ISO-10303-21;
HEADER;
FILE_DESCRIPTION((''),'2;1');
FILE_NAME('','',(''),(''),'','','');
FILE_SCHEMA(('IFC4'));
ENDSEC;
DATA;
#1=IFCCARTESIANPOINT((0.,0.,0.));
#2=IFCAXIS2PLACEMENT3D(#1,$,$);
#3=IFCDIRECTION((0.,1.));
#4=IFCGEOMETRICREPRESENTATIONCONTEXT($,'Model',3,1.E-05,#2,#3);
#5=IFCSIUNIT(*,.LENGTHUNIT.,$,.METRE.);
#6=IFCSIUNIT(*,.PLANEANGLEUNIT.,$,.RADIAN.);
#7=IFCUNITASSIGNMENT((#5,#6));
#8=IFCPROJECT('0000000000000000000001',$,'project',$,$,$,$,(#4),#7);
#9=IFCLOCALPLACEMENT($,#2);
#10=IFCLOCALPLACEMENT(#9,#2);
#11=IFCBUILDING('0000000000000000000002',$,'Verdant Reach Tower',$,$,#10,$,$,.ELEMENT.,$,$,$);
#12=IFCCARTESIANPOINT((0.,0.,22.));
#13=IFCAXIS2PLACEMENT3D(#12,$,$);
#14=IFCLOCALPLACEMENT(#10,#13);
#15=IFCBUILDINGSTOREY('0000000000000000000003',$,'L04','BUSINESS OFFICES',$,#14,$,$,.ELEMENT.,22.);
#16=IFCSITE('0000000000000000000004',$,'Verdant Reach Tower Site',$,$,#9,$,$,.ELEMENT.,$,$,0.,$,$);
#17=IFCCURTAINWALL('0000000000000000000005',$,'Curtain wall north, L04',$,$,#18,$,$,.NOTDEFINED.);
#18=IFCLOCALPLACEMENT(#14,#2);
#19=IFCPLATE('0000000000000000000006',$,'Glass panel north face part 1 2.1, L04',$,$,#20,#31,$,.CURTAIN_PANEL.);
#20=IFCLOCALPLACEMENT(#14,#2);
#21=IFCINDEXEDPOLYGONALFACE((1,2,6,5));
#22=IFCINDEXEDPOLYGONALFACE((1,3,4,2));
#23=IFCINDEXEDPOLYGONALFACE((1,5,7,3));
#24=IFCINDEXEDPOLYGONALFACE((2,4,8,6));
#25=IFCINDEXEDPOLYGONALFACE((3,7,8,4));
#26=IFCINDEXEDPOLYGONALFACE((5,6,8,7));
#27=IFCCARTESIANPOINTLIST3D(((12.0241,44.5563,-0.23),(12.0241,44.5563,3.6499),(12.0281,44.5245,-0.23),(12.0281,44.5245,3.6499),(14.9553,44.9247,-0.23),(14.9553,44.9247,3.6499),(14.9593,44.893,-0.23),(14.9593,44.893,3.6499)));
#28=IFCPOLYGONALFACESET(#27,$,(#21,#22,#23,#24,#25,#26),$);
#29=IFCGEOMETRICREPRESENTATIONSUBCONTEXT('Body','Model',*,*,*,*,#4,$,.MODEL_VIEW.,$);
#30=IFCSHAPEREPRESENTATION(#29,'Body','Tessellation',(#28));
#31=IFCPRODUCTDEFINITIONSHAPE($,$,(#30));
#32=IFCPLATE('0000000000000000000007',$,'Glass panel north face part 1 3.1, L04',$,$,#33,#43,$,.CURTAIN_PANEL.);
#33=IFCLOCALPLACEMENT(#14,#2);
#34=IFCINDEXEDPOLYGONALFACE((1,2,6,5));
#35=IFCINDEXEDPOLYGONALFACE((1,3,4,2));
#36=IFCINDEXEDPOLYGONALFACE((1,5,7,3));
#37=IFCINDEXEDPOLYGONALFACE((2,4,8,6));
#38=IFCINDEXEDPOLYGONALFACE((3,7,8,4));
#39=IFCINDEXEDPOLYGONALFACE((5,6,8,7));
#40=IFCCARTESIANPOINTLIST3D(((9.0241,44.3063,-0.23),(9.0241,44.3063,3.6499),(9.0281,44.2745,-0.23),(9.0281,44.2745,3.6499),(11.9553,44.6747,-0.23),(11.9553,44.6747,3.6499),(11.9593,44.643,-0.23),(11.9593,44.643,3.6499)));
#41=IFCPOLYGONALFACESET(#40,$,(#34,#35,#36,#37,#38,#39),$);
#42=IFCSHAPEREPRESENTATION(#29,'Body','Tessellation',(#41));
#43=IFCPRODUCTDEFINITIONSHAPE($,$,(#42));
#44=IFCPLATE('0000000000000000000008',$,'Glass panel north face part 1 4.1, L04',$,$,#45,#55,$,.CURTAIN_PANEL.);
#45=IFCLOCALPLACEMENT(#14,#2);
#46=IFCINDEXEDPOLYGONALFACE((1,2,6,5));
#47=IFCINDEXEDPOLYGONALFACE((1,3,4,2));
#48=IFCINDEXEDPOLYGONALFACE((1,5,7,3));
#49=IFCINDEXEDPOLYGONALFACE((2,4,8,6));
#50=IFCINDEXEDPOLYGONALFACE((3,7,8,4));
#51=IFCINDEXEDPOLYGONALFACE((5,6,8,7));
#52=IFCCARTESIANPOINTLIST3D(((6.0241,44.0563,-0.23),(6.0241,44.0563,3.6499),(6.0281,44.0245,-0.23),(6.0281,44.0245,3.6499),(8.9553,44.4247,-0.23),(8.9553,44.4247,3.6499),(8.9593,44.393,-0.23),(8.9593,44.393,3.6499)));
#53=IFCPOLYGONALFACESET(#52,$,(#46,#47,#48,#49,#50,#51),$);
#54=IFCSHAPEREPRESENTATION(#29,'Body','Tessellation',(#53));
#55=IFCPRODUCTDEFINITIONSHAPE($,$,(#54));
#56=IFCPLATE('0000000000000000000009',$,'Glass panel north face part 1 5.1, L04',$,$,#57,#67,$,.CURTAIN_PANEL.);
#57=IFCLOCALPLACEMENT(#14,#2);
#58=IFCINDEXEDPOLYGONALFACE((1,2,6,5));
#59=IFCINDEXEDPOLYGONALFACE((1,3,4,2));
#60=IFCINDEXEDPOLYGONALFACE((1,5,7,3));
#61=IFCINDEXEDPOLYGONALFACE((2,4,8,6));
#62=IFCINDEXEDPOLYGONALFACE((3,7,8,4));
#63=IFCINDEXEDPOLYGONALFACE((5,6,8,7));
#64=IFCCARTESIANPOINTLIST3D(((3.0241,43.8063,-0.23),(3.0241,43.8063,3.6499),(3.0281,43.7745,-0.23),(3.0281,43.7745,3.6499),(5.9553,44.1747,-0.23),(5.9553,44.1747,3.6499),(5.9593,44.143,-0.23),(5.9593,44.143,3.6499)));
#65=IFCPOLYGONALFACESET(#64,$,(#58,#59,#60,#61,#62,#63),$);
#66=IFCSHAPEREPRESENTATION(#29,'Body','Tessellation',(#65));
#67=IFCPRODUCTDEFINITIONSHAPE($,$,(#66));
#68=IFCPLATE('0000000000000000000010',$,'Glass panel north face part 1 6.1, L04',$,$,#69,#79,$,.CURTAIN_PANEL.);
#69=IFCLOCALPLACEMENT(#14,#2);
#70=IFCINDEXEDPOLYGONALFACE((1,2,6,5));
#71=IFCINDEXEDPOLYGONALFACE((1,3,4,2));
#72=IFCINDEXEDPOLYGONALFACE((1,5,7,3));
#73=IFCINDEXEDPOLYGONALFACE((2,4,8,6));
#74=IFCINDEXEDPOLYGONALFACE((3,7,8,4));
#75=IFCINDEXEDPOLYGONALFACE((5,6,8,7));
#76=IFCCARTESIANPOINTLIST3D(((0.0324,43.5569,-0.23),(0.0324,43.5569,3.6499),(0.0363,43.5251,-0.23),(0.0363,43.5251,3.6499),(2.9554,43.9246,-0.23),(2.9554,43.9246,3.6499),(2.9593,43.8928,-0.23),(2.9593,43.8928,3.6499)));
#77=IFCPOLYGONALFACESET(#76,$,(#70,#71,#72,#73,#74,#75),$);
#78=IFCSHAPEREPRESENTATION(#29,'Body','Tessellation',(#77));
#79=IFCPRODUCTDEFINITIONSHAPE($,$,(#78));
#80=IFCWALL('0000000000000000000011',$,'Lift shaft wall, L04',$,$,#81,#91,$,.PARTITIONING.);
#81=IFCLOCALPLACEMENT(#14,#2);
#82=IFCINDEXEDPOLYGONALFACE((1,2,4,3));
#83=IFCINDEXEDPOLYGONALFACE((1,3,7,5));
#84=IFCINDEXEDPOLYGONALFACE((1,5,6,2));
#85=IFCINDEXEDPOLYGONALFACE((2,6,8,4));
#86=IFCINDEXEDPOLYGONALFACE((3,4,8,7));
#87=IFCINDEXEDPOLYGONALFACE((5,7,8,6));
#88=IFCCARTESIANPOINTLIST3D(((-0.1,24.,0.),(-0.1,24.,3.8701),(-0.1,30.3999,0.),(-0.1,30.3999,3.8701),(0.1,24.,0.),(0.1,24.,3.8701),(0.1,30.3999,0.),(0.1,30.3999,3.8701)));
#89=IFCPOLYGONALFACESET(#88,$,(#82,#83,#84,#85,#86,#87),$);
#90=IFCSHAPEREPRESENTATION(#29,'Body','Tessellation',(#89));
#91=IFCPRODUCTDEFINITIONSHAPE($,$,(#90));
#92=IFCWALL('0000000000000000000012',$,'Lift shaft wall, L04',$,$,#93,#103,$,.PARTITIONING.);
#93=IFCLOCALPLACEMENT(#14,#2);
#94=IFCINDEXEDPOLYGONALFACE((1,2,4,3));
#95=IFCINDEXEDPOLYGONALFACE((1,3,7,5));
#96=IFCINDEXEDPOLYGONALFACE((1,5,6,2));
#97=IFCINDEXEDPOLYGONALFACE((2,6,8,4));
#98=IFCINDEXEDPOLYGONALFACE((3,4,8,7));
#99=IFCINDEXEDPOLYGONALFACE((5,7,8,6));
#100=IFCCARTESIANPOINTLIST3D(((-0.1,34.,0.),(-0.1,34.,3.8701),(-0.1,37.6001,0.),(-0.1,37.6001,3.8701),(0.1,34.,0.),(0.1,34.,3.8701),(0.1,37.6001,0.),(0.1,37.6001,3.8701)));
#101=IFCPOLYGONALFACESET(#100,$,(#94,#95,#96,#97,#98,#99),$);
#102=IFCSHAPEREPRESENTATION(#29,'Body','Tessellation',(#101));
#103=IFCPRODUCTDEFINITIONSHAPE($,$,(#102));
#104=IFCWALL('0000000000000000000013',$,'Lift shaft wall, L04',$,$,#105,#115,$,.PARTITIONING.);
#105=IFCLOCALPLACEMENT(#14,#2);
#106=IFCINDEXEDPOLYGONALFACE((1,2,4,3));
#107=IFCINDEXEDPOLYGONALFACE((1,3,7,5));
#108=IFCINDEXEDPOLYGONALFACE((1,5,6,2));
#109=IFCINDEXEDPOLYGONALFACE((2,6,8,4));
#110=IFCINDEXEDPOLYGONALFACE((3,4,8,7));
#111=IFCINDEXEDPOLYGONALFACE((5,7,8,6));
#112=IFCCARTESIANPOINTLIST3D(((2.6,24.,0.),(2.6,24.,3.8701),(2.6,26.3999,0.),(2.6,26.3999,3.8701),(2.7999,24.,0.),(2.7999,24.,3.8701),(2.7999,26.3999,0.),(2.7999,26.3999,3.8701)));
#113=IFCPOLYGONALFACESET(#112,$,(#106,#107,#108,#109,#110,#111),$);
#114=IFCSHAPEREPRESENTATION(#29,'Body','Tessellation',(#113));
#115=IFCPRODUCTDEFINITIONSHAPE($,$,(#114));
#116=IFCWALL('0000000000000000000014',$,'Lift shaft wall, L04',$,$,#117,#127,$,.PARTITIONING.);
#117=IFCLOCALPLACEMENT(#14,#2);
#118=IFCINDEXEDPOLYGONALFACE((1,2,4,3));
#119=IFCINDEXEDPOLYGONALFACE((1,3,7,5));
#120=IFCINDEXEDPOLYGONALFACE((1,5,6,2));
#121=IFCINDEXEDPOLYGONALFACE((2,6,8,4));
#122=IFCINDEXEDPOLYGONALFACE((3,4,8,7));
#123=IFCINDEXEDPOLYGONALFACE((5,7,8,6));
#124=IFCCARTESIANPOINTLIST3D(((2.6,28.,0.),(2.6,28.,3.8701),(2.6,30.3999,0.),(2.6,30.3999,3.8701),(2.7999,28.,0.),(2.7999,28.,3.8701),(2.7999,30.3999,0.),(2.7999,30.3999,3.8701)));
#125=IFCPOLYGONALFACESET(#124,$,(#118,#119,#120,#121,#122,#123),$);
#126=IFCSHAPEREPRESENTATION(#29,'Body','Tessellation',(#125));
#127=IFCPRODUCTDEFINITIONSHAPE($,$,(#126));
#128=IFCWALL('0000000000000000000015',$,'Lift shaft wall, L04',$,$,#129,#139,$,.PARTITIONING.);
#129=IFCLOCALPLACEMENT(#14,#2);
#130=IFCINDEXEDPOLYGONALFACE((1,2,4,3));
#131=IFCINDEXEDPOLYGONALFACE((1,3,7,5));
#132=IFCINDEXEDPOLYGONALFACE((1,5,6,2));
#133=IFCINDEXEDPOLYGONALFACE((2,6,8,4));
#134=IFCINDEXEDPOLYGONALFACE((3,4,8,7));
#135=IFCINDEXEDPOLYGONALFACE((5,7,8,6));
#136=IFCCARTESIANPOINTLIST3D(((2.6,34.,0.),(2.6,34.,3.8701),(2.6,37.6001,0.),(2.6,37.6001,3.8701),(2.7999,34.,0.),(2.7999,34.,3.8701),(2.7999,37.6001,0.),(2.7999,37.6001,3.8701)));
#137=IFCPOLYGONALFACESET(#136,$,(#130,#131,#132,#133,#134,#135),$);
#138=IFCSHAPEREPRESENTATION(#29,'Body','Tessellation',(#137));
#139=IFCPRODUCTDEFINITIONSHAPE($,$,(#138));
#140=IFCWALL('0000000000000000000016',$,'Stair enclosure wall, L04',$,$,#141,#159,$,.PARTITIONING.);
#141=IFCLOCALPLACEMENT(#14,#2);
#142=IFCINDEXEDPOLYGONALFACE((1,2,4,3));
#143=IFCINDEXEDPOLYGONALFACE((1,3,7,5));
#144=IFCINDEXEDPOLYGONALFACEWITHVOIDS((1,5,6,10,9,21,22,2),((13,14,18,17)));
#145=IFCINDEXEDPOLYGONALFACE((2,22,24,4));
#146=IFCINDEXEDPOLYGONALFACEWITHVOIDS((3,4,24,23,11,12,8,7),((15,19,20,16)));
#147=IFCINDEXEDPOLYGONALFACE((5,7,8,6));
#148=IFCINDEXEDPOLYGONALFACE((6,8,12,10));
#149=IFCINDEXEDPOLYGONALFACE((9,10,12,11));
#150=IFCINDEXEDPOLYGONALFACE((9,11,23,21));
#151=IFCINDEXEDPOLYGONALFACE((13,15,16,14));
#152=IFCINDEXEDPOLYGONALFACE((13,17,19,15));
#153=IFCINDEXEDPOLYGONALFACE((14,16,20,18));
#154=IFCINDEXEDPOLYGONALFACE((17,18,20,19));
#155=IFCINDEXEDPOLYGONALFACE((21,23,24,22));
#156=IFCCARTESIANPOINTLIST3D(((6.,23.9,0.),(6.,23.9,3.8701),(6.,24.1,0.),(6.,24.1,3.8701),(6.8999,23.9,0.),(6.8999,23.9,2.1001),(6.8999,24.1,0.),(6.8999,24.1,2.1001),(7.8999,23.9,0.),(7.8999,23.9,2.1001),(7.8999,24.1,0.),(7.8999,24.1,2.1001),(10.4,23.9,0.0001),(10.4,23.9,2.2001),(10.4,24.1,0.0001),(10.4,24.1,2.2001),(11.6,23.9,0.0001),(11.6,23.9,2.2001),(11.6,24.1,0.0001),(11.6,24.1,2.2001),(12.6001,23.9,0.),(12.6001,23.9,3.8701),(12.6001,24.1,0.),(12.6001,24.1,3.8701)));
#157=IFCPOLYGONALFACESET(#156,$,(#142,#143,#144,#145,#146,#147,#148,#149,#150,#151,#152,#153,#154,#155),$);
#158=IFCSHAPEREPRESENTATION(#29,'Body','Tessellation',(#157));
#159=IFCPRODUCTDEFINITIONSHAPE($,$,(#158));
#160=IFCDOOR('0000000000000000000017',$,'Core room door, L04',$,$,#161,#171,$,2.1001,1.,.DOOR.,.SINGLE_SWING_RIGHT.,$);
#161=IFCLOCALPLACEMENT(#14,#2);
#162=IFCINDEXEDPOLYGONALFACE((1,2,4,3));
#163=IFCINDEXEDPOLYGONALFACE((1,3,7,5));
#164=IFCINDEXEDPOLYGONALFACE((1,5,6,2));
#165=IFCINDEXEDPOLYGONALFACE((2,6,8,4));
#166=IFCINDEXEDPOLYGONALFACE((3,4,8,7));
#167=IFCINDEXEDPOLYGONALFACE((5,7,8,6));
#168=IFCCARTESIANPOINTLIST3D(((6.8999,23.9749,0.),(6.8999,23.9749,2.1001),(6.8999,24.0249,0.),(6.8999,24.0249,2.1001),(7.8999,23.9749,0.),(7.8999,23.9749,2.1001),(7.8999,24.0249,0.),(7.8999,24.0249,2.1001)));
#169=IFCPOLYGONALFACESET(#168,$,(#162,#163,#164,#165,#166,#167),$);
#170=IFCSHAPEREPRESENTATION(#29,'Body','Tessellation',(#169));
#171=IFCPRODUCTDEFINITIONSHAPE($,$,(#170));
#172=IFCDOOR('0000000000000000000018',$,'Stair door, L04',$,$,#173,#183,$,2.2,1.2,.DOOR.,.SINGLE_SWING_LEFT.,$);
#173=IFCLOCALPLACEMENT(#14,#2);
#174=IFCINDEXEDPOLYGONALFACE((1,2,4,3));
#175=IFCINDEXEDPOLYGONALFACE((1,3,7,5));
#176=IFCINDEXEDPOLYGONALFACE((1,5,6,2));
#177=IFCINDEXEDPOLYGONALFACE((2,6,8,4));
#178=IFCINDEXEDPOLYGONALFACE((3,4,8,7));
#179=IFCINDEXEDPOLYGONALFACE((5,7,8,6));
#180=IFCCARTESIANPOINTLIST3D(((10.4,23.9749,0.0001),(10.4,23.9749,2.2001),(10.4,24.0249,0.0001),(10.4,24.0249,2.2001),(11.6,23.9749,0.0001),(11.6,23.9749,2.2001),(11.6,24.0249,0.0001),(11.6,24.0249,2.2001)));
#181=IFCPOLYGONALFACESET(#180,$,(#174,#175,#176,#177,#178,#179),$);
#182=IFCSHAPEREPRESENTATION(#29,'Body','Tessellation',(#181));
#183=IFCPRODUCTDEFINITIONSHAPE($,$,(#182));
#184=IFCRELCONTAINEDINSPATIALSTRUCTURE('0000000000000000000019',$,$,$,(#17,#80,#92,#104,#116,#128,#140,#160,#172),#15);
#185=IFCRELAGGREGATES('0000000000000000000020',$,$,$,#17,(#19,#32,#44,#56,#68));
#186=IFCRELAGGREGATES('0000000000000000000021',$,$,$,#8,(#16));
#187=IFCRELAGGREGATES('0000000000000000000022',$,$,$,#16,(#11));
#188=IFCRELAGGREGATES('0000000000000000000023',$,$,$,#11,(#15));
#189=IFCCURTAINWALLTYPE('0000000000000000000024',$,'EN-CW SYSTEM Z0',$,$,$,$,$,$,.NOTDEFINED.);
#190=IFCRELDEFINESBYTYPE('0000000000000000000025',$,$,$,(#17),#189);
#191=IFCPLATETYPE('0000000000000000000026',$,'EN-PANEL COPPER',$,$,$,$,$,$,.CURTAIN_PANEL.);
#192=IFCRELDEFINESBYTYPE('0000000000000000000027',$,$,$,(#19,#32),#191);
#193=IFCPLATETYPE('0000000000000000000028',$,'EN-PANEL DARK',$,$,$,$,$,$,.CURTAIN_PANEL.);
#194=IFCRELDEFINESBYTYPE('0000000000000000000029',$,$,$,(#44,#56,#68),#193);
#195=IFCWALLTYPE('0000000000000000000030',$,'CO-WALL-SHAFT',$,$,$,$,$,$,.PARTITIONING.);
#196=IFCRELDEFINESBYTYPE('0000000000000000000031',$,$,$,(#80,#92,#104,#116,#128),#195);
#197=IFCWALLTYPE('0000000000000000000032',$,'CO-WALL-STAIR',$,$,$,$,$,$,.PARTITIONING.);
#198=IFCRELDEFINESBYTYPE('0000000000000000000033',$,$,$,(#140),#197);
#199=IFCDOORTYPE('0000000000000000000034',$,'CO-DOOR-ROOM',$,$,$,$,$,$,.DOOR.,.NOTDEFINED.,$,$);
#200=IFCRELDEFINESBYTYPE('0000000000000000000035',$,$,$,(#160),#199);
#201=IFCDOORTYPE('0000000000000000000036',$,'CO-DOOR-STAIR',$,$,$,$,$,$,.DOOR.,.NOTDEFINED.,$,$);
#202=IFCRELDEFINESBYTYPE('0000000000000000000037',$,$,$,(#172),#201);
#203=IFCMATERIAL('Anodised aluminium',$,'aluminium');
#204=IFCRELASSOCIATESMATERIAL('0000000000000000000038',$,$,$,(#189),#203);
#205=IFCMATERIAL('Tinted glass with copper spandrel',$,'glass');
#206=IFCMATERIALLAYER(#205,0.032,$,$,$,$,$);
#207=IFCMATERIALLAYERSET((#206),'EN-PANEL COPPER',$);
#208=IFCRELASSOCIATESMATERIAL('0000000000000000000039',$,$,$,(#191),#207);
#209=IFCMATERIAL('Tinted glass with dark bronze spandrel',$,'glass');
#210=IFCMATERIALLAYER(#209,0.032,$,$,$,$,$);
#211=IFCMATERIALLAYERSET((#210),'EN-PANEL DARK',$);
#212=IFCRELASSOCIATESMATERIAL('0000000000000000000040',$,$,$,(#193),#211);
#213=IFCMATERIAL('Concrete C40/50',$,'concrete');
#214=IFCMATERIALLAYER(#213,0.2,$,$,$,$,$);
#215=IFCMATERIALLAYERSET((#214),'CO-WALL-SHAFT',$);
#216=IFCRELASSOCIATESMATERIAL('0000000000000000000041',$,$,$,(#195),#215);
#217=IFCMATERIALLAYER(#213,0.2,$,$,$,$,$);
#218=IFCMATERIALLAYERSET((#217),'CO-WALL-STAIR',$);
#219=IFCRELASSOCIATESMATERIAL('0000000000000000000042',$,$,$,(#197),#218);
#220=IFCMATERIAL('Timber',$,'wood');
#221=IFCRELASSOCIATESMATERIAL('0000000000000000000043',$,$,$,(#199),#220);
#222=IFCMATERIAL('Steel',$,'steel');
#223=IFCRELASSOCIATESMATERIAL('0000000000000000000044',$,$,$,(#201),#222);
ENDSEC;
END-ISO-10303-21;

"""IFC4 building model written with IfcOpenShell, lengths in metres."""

from ifc_helpers import new_model, si_unit, direction, frame, frame_2d, origin, origin_2d, place, context, subcontext, project, spatial, rectangle, extrude, material, layer, layer_set, type_object, element, fill, aggregate, save


model = new_model("IFC4")

# Units and contexts
model_context = context("Model", 3, precision=1e-05, world=origin(), true_north=direction((0.0, 1.0)))
body_context = subcontext(model_context, "Body", "Model", "MODEL_VIEW")
ifc_project = project(units=[si_unit("LENGTHUNIT", "METRE"), si_unit("PLANEANGLEUNIT", "RADIAN")], contexts=[model_context])

# Site, building, storey
site_placement = place(None, origin())
site = spatial("IfcSite", under=ifc_project, at=site_placement, Name="Verdant Reach Tower Site", CompositionType="ELEMENT", RefElevation=0.0)
building_placement = place(site_placement, origin())
building = spatial("IfcBuilding", under=site, at=building_placement, Name="Verdant Reach Tower", CompositionType="ELEMENT")
storey_placement = place(building_placement, frame((0.0, 0.0, 22.0)))
storey = spatial("IfcBuildingStorey", under=building, at=storey_placement, Name="L04", Description="BUSINESS OFFICES", CompositionType="ELEMENT", Elevation=22.0)

# Curtain wall, plates
ifc_material_1 = material(Name="Anodised aluminium", Category="aluminium")
curtain_wall_type = type_object("IfcCurtainWallType", Name="EN-CW SYSTEM Z0", PredefinedType="NOTDEFINED", material=ifc_material_1)
curtain_wall_placement = place(storey_placement, origin())
curtain_wall = element("IfcCurtainWall", 1, at=curtain_wall_placement, inside=storey, type_object=curtain_wall_type, Name="Curtain wall north, L04", PredefinedType="NOTDEFINED")
ifc_material_2 = material(Name="Tinted glass with copper spandrel", Category="glass")
ifc_layer_1 = layer(ifc_material_2, 0.032)
ifc_layer_set_1 = layer_set([ifc_layer_1], Name="EN-PANEL COPPER")
plate_type_1 = type_object("IfcPlateType", Name="EN-PANEL COPPER", PredefinedType="CURTAIN_PANEL", material=ifc_layer_set_1)
plate_1_placement = place(storey_placement, frame((13.4917, 44.7246, -0.23), z_axis=(0.0, 0.0, 1.0), x_axis=(-0.992194, -0.124704, 0.0)))
plate_1 = element("IfcPlate", 2, at=plate_1_placement, type_object=plate_type_1, Name="Glass panel north face part 1 2.1, L04", PredefinedType="CURTAIN_PANEL", context=body_context, shape_type="SweptSolid", body=[
    extrude(rectangle(XDim=2.9543, YDim=0.032, at=origin_2d()), origin(), (0.0, 0.0, 1.0), 3.8799),
])
plate_2_placement = place(storey_placement, frame((10.4917, 44.4746, -0.23), z_axis=(0.0, 0.0, 1.0), x_axis=(-0.992194, -0.124704, 0.0)))
plate_2 = element("IfcPlate", 3, at=plate_2_placement, type_object=plate_type_1, Name="Glass panel north face part 1 3.1, L04", PredefinedType="CURTAIN_PANEL", context=body_context, shape_type="SweptSolid", body=[
    extrude(rectangle(XDim=2.9543, YDim=0.032, at=origin_2d()), origin(), (0.0, 0.0, 1.0), 3.8799),
])
ifc_material_3 = material(Name="Tinted glass with dark bronze spandrel", Category="glass")
ifc_layer_2 = layer(ifc_material_3, 0.032)
ifc_layer_set_2 = layer_set([ifc_layer_2], Name="EN-PANEL DARK")
plate_type_2 = type_object("IfcPlateType", Name="EN-PANEL DARK", PredefinedType="CURTAIN_PANEL", material=ifc_layer_set_2)
plate_3_placement = place(storey_placement, frame((7.4917, 44.2246, -0.23), z_axis=(0.0, 0.0, 1.0), x_axis=(-0.992194, -0.124704, 0.0)))
plate_3 = element("IfcPlate", 4, at=plate_3_placement, type_object=plate_type_2, Name="Glass panel north face part 1 4.1, L04", PredefinedType="CURTAIN_PANEL", context=body_context, shape_type="SweptSolid", body=[
    extrude(rectangle(XDim=2.9543, YDim=0.032, at=origin_2d()), origin(), (0.0, 0.0, 1.0), 3.8799),
])
plate_4_placement = place(storey_placement, frame((4.4917, 43.9746, -0.23), z_axis=(0.0, 0.0, 1.0), x_axis=(-0.992194, -0.124704, 0.0)))
plate_4 = element("IfcPlate", 5, at=plate_4_placement, type_object=plate_type_2, Name="Glass panel north face part 1 5.1, L04", PredefinedType="CURTAIN_PANEL", context=body_context, shape_type="SweptSolid", body=[
    extrude(rectangle(XDim=2.9543, YDim=0.032, at=origin_2d()), origin(), (0.0, 0.0, 1.0), 3.8799),
])
plate_5_placement = place(storey_placement, frame((1.4958, 43.7249, -0.23), z_axis=(0.0, 0.0, 1.0), x_axis=(-0.99218, -0.124818, 0.0)))
plate_5 = element("IfcPlate", 6, at=plate_5_placement, type_object=plate_type_2, Name="Glass panel north face part 1 6.1, L04", PredefinedType="CURTAIN_PANEL", context=body_context, shape_type="SweptSolid", body=[
    extrude(rectangle(XDim=2.946, YDim=0.032, at=origin_2d()), origin(), (0.0, 0.0, 1.0), 3.8799),
])
aggregate(curtain_wall, [plate_1, plate_2, plate_3, plate_4, plate_5])

# Walls
ifc_material_4 = material(Name="Concrete C40/50", Category="concrete")
ifc_layer_3 = layer(ifc_material_4, 0.2)
ifc_layer_set_3 = layer_set([ifc_layer_3], Name="CO-WALL-SHAFT")
wall_type_1 = type_object("IfcWallType", Name="CO-WALL-SHAFT", PredefinedType="PARTITIONING", material=ifc_layer_set_3)
wall_1_placement = place(storey_placement, frame((0.0, 24.0, 0.0), z_axis=(0.0, 0.0, 1.0), x_axis=(0.0, 1.0, 0.0)))
element("IfcWall", 7, at=wall_1_placement, inside=storey, type_object=wall_type_1, Name="Lift shaft wall, L04", PredefinedType="PARTITIONING", context=body_context, shape_type="SweptSolid", body=[
    extrude(rectangle(XDim=6.3999, YDim=0.2, at=frame_2d((3.2, 0.0))), origin(), (0.0, 0.0, 1.0), 3.8701),
])
wall_2_placement = place(storey_placement, frame((0.0, 34.0, 0.0), z_axis=(0.0, 0.0, 1.0), x_axis=(0.0, 1.0, 0.0)))
element("IfcWall", 8, at=wall_2_placement, inside=storey, type_object=wall_type_1, Name="Lift shaft wall, L04", PredefinedType="PARTITIONING", context=body_context, shape_type="SweptSolid", body=[
    extrude(rectangle(XDim=3.6001, YDim=0.2, at=frame_2d((1.8, 0.0))), origin(), (0.0, 0.0, 1.0), 3.8701),
])
for number, where, z_axis, x_axis, name in (
    (9, (2.7, 24.0, 0.0), (0.0, 0.0, 1.0), (0.0, 1.0, 0.0), "Lift shaft wall, L04"),
    (10, (2.7, 28.0, 0.0), (0.0, 0.0, 1.0), (0.0, 1.0, 0.0), "Lift shaft wall, L04"),
):
    element("IfcWall", number, at=place(storey_placement, frame(where, z_axis=z_axis, x_axis=x_axis)), inside=storey, type_object=wall_type_1, Name=name, PredefinedType="PARTITIONING", context=body_context, shape_type="SweptSolid", body=[
        extrude(rectangle(XDim=2.3999, YDim=0.2, at=frame_2d((1.2, 0.0))), origin(), (0.0, 0.0, 1.0), 3.8701),
    ])
wall_3_placement = place(storey_placement, frame((2.7, 34.0, 0.0), z_axis=(0.0, 0.0, 1.0), x_axis=(0.0, 1.0, 0.0)))
element("IfcWall", 11, at=wall_3_placement, inside=storey, type_object=wall_type_1, Name="Lift shaft wall, L04", PredefinedType="PARTITIONING", context=body_context, shape_type="SweptSolid", body=[
    extrude(rectangle(XDim=3.6001, YDim=0.2, at=frame_2d((1.8, 0.0))), origin(), (0.0, 0.0, 1.0), 3.8701),
])

# Wall, openings, doors
ifc_layer_4 = layer(ifc_material_4, 0.2)
ifc_layer_set_4 = layer_set([ifc_layer_4], Name="CO-WALL-STAIR")
wall_type_2 = type_object("IfcWallType", Name="CO-WALL-STAIR", PredefinedType="PARTITIONING", material=ifc_layer_set_4)
wall_4_placement = place(storey_placement, frame((6.0, 24.0, 0.0), z_axis=(0.0, 0.0, 1.0), x_axis=(1.0, 0.0, 0.0)))
wall_4 = element("IfcWall", 12, at=wall_4_placement, inside=storey, type_object=wall_type_2, Name="Stair enclosure wall, L04", PredefinedType="PARTITIONING", context=body_context, shape_type="SweptSolid", body=[
    extrude(rectangle(XDim=6.6001, YDim=0.2, at=frame_2d((3.3, 0.0))), origin(), (0.0, 0.0, 1.0), 3.8701),
])
opening_1_placement = place(wall_4_placement, frame((0.8999, 0.0, 0.0)))
opening_1 = element("IfcOpeningElement", 13, at=opening_1_placement, cuts=wall_4, PredefinedType="OPENING", context=body_context, shape_type="SweptSolid", body=[
    extrude(rectangle(XDim=1.0, YDim=2.1001, at=frame_2d((0.5, 1.05))), frame((0.0, 0.1099, 0.0), z_axis=(0.0, -1.0, 0.0), x_axis=(1.0, 0.0, 0.0)), (0.0, 0.0, 1.0), 0.22),
])
opening_2_placement = place(wall_4_placement, frame((4.3999, 0.0, 0.0)))
opening_2 = element("IfcOpeningElement", 14, at=opening_2_placement, cuts=wall_4, PredefinedType="OPENING", context=body_context, shape_type="SweptSolid", body=[
    extrude(rectangle(XDim=1.2, YDim=2.2, at=frame_2d((0.6001, 1.1001))), frame((0.0, 0.1099, 0.0), z_axis=(0.0, -1.0, 0.0), x_axis=(1.0, 0.0, 0.0)), (0.0, 0.0, 1.0), 0.22),
])
ifc_material_5 = material(Name="Timber", Category="wood")
door_type_1 = type_object("IfcDoorType", Name="CO-DOOR-ROOM", OperationType="NOTDEFINED", PredefinedType="DOOR", material=ifc_material_5)
door_1_placement = place(opening_1_placement, origin())
door_1 = element("IfcDoor", 15, at=door_1_placement, inside=storey, type_object=door_type_1, Name="Core room door, L04", OperationType="SINGLE_SWING_RIGHT", OverallHeight=2.1001, OverallWidth=1.0, PredefinedType="DOOR", context=body_context, shape_type="SweptSolid", body=[
    extrude(rectangle(XDim=1.0, YDim=2.1001, at=frame_2d((0.5, 1.05))), frame((0.0, 0.0249, 0.0), z_axis=(0.0, -1.0, 0.0), x_axis=(1.0, 0.0, 0.0)), (0.0, 0.0, 1.0), 0.05),
])
fill(opening_1, door_1)
ifc_material_6 = material(Name="Steel", Category="steel")
door_type_2 = type_object("IfcDoorType", Name="CO-DOOR-STAIR", OperationType="NOTDEFINED", PredefinedType="DOOR", material=ifc_material_6)
door_2_placement = place(opening_2_placement, origin())
door_2 = element("IfcDoor", 16, at=door_2_placement, inside=storey, type_object=door_type_2, Name="Stair door, L04", OperationType="SINGLE_SWING_LEFT", OverallHeight=2.2, OverallWidth=1.2, PredefinedType="DOOR", context=body_context, shape_type="SweptSolid", body=[
    extrude(rectangle(XDim=1.2, YDim=2.2, at=frame_2d((0.6001, 1.1001))), frame((0.0, 0.0249, 0.0), z_axis=(0.0, -1.0, 0.0), x_axis=(1.0, 0.0, 0.0)), (0.0, 0.0, 1.0), 0.05),
])
fill(opening_2, door_2)

save(model, "model.ifc")
